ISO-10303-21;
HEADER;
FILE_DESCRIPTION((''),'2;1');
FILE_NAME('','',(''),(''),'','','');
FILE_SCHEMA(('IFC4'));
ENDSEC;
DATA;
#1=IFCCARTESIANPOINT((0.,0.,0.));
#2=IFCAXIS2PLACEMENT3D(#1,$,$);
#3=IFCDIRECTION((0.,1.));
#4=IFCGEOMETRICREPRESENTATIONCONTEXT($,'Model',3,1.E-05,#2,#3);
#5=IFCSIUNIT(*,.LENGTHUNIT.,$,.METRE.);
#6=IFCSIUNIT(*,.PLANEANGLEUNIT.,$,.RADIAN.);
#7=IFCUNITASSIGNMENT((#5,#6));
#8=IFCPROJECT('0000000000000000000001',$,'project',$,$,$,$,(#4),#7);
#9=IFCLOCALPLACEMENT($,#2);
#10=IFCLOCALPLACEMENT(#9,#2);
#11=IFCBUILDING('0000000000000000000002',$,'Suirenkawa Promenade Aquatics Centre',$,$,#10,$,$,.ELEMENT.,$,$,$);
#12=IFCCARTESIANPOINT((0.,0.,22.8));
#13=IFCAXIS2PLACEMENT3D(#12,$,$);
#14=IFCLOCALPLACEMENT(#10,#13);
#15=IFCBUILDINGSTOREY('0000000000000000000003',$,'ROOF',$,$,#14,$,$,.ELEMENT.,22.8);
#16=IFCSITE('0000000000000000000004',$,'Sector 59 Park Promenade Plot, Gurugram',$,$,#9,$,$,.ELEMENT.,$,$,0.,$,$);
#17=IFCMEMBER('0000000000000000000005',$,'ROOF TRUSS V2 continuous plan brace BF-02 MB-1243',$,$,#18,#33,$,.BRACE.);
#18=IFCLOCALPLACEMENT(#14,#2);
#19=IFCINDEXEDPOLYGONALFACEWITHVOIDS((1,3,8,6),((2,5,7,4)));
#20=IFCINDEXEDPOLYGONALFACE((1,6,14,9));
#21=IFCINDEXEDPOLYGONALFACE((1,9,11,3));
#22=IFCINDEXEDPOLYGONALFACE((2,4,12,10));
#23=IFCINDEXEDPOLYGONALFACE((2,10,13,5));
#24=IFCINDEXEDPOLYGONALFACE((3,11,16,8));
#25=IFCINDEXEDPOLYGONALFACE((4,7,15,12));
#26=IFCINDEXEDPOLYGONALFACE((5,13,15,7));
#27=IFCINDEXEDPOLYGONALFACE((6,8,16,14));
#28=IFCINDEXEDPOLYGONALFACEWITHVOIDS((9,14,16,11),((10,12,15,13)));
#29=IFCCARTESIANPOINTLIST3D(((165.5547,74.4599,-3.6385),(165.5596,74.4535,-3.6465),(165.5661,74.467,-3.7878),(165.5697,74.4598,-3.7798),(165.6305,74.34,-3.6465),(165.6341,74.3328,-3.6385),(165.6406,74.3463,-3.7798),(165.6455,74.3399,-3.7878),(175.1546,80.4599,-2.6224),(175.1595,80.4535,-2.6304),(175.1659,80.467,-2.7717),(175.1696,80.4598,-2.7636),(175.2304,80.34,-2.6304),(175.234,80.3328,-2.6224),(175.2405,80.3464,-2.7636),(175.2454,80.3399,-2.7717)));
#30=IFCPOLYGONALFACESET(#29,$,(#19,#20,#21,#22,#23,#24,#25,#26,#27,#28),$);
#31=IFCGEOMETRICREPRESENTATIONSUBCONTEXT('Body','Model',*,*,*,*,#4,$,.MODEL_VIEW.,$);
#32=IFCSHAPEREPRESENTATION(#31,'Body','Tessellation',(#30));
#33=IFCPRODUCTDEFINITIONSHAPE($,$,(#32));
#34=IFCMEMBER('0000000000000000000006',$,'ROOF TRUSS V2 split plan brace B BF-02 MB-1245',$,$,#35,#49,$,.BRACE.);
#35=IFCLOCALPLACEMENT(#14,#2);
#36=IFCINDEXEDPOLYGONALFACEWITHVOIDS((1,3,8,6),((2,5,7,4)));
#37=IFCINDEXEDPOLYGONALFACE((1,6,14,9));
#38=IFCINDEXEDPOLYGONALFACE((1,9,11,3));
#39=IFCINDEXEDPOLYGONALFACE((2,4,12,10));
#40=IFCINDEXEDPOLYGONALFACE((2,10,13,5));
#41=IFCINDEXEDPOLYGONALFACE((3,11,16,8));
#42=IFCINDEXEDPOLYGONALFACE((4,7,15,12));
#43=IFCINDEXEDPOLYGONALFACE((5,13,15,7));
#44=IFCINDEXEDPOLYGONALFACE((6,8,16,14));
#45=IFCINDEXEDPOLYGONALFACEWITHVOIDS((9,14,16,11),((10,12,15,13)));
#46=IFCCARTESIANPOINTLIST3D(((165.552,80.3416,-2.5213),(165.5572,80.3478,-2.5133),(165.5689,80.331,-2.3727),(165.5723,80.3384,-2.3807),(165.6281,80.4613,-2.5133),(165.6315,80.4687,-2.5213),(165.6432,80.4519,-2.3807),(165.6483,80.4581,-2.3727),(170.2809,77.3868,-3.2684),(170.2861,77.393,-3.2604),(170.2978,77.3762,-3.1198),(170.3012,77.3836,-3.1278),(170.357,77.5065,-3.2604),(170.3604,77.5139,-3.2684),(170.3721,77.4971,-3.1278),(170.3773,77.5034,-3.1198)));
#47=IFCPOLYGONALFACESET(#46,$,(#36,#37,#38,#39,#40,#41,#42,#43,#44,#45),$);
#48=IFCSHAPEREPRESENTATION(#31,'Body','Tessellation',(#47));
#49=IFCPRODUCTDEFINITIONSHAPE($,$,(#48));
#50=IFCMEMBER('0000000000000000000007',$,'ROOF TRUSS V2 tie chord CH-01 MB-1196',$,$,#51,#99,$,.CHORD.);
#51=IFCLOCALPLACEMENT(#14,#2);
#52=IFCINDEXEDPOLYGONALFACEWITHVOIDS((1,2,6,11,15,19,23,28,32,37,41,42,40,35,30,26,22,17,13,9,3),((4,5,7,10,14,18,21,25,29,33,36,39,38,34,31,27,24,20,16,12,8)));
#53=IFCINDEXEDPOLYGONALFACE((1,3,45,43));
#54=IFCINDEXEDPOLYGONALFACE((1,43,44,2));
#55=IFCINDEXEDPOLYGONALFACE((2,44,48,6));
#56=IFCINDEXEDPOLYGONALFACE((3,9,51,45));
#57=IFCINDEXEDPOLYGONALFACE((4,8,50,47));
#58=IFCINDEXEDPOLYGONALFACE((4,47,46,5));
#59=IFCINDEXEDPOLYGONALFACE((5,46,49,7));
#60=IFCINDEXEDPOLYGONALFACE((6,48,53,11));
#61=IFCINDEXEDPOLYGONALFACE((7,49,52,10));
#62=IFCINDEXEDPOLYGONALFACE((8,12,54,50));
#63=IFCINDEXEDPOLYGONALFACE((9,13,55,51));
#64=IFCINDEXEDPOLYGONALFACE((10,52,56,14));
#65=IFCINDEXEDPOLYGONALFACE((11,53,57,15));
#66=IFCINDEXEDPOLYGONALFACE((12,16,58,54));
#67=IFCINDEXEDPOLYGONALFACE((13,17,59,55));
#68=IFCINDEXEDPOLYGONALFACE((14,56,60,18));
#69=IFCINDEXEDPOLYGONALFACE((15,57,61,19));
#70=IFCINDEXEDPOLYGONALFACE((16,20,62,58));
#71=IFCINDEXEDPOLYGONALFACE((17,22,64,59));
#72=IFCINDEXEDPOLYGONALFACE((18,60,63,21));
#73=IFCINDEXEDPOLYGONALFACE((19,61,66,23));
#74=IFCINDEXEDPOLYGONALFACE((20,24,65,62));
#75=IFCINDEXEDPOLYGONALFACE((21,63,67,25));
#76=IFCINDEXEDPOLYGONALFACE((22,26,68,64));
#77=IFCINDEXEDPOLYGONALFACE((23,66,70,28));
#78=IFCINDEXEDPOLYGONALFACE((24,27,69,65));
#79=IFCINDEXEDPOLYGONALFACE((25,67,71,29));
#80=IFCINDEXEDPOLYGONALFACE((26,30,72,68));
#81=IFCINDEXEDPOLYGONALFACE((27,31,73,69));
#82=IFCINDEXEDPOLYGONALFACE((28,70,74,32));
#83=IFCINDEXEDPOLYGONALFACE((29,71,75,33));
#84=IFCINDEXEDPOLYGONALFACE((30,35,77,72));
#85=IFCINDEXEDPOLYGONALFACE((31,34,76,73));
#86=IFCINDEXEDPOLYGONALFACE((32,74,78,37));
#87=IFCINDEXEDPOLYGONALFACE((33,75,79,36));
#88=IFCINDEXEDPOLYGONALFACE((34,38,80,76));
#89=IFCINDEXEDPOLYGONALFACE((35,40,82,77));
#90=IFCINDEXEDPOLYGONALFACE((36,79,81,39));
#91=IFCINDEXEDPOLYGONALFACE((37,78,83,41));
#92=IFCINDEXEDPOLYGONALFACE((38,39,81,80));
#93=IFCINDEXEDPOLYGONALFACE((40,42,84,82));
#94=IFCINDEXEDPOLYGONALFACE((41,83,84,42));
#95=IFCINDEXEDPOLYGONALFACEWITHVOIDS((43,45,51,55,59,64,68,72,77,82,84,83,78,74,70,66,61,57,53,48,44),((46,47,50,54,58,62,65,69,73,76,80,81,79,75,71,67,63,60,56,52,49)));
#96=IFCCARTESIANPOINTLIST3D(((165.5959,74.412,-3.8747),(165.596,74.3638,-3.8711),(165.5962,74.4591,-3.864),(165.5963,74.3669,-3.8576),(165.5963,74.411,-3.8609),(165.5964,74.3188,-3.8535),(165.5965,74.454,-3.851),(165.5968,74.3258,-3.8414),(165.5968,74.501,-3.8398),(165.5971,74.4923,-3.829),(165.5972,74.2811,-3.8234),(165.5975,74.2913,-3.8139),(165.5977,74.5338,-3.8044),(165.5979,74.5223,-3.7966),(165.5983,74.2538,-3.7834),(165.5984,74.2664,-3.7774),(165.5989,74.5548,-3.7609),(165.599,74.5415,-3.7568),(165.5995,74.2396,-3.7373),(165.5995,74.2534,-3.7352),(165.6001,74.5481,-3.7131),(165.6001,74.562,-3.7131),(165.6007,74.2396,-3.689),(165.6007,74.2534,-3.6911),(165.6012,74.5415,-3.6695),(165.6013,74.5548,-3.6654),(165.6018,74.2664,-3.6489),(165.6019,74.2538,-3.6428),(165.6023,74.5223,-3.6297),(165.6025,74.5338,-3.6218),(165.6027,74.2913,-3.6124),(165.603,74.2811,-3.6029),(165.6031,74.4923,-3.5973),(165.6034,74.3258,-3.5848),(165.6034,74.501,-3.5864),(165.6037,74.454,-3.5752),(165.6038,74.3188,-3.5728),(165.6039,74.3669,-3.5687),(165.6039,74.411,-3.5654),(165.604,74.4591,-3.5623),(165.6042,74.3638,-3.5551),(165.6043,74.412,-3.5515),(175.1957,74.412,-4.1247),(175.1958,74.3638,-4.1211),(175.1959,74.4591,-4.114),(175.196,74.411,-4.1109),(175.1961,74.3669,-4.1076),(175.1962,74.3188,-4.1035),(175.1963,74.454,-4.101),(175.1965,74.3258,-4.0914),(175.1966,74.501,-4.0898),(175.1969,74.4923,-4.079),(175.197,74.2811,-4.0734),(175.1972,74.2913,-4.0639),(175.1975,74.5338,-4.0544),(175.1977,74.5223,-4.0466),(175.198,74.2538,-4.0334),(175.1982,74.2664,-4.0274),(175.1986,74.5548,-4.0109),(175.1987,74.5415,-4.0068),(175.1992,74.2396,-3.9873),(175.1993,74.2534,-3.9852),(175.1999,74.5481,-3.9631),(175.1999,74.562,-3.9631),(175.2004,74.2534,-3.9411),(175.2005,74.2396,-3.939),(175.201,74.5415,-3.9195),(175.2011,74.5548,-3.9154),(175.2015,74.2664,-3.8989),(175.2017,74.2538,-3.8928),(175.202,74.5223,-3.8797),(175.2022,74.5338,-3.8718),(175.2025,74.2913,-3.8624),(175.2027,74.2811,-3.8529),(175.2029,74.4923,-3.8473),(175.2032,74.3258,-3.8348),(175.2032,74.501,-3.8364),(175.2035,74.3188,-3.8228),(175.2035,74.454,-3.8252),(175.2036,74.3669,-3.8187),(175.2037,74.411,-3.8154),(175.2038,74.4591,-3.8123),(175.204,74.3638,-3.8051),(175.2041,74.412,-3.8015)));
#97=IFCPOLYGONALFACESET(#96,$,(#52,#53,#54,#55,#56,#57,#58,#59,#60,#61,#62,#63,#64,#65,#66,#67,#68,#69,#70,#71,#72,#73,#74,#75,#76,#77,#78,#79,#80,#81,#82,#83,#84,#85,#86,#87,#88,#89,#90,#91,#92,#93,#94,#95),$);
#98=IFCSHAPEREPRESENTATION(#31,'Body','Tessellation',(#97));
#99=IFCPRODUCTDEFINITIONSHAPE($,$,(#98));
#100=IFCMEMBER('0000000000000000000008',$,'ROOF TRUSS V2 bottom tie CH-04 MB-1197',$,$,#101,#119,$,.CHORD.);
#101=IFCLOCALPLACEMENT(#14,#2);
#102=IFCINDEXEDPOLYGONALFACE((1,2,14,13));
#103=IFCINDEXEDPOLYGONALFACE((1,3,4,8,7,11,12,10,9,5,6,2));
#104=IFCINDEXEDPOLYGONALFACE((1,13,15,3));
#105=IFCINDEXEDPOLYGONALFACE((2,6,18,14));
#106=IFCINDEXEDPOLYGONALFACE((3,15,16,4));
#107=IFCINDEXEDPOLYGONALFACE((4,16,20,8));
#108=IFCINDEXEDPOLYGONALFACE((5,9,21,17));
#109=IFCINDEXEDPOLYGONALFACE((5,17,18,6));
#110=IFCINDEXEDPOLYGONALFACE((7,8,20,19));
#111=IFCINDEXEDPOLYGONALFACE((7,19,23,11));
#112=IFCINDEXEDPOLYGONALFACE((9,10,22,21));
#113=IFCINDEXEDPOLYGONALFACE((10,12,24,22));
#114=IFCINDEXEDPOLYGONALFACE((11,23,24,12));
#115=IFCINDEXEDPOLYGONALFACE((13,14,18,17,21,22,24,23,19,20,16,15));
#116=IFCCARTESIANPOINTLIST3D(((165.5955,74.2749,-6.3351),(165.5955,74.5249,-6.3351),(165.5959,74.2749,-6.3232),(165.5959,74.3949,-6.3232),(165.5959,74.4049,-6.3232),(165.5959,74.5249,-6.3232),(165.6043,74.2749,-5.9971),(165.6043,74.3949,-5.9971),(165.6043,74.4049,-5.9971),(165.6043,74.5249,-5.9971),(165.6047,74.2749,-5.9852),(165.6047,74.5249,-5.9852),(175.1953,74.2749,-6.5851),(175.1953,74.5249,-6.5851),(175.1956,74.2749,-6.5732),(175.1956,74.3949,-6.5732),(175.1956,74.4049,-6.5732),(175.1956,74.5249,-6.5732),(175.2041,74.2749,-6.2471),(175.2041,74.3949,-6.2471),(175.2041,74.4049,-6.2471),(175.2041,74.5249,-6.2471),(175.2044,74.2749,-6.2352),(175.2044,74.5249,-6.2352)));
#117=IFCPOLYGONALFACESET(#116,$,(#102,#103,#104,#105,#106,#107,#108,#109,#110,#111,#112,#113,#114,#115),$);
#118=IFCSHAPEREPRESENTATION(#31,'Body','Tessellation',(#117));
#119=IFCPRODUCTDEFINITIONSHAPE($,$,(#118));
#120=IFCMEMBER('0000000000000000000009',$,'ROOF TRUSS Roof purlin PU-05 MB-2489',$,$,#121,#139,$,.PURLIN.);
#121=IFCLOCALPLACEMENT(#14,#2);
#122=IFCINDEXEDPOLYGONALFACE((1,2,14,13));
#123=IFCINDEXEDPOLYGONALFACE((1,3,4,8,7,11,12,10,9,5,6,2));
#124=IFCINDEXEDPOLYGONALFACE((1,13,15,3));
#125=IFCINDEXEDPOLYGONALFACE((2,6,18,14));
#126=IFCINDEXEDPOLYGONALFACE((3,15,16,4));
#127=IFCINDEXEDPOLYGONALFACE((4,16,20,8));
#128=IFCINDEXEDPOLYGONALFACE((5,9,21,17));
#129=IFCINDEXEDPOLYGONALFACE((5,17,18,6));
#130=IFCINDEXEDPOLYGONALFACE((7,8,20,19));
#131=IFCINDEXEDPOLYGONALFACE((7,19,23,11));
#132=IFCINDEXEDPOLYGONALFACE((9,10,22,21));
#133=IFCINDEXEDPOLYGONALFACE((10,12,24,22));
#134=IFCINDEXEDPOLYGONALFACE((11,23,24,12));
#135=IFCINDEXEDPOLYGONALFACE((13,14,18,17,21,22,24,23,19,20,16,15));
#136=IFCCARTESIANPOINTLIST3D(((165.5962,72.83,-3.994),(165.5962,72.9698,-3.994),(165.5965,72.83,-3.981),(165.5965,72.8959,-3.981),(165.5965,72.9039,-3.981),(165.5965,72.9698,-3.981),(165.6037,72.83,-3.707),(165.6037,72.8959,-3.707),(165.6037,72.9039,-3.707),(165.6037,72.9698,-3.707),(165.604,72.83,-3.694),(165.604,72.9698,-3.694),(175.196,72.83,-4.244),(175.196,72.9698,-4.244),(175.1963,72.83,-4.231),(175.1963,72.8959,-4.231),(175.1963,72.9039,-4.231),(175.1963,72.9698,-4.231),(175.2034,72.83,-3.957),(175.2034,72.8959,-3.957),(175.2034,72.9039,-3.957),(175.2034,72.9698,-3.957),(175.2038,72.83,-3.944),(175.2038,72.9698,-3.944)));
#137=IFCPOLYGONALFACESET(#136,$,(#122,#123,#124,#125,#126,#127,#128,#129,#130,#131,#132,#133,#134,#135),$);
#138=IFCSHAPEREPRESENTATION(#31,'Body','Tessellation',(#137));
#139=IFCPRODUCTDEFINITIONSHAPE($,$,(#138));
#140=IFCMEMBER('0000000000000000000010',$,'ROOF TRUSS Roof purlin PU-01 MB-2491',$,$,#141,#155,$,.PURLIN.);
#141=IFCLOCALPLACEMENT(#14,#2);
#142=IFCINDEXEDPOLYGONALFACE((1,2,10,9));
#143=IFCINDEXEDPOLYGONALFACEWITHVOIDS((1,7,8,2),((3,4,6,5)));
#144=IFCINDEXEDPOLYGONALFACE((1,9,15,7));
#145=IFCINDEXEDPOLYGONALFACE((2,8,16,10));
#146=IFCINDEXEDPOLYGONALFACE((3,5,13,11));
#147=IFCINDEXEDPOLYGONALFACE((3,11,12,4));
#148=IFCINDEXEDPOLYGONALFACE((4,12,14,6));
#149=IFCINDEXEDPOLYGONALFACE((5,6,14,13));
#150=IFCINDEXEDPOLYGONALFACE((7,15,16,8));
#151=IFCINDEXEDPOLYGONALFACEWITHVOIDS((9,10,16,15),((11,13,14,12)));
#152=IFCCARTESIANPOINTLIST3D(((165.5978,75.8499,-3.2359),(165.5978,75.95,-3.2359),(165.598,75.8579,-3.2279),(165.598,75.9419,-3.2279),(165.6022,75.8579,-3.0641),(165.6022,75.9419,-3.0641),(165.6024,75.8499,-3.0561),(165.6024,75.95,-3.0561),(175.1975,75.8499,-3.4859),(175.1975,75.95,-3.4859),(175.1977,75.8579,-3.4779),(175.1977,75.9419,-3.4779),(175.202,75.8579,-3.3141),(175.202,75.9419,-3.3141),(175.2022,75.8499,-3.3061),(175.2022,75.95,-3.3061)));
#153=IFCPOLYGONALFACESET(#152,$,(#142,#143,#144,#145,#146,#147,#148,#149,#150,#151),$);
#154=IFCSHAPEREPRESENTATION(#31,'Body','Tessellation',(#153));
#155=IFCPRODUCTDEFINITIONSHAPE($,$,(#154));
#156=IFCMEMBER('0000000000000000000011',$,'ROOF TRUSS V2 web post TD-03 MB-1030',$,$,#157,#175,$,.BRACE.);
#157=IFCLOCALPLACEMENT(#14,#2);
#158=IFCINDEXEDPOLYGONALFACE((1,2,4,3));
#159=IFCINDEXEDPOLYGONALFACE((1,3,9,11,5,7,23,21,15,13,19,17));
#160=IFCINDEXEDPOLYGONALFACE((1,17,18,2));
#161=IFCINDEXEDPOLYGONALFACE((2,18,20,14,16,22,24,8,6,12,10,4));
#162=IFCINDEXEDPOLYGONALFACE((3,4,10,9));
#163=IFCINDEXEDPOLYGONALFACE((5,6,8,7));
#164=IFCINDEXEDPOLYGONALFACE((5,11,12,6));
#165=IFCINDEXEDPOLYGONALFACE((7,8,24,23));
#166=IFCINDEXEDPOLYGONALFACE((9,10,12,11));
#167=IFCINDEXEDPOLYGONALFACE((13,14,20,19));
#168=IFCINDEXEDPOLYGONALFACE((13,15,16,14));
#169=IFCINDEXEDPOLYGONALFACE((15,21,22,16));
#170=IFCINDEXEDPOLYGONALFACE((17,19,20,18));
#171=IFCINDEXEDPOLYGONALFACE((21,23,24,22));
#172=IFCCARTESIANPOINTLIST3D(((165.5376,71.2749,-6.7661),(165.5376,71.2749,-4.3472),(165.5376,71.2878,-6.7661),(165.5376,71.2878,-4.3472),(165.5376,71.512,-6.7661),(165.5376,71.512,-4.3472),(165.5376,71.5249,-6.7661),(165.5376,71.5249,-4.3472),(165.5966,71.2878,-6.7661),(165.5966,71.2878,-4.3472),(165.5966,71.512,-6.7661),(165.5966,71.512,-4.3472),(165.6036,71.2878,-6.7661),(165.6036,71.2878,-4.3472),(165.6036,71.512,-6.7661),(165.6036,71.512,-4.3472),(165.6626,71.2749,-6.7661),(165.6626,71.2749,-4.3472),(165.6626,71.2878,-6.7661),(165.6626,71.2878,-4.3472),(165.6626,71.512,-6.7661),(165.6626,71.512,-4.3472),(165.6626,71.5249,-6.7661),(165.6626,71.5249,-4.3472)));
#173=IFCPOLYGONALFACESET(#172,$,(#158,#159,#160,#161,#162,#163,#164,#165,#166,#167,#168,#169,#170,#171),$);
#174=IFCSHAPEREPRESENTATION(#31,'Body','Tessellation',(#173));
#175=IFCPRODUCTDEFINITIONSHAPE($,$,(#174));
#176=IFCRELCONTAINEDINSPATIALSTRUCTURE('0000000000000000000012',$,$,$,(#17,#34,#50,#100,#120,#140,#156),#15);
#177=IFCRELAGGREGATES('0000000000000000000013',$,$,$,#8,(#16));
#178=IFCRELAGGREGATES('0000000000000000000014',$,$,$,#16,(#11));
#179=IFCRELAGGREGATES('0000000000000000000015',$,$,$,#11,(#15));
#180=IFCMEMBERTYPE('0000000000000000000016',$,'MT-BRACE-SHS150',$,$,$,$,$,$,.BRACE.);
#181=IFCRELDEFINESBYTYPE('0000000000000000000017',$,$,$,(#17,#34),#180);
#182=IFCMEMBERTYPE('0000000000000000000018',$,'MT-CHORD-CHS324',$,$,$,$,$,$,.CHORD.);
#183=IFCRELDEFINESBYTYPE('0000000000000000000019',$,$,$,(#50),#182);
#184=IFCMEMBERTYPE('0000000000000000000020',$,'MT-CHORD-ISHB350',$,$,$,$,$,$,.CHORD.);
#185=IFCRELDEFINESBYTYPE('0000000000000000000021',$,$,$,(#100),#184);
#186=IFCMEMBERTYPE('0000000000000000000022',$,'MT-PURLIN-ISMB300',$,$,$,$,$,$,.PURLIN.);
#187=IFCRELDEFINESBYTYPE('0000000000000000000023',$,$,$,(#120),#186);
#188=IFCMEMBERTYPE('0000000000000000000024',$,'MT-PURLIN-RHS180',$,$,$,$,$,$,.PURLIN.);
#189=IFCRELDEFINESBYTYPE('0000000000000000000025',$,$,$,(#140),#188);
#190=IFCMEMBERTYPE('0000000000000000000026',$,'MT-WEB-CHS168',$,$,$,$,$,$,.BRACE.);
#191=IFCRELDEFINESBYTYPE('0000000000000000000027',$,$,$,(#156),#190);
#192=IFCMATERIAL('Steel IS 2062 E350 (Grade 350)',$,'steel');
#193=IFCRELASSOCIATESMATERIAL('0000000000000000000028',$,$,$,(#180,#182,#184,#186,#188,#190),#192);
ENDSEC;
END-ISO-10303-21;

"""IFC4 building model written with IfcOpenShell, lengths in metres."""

from ifc_helpers import new_model, si_unit, direction, frame, origin, origin_2d, place, context, subcontext, project, spatial, hollow_rectangle, hollow_circle, i_section, extrude, material, material_profile, profile_set, type_object, element, save


model = new_model("IFC4")

# Units and contexts
model_context = context("Model", 3, precision=1e-05, world=origin(), true_north=direction((0.0, 1.0)))
body_context = subcontext(model_context, "Body", "Model", "MODEL_VIEW")
ifc_project = project(units=[si_unit("LENGTHUNIT", "METRE"), si_unit("PLANEANGLEUNIT", "RADIAN")], contexts=[model_context])

# Site, building, storey
site_placement = place(None, origin())
site = spatial("IfcSite", under=ifc_project, at=site_placement, Name="Sector 59 Park Promenade Plot, Gurugram", CompositionType="ELEMENT", RefElevation=0.0)
building_placement = place(site_placement, origin())
building = spatial("IfcBuilding", under=site, at=building_placement, Name="Suirenkawa Promenade Aquatics Centre", CompositionType="ELEMENT")
storey_placement = place(building_placement, frame((0.0, 0.0, 22.8)))
storey = spatial("IfcBuildingStorey", under=building, at=storey_placement, Name="ROOF", CompositionType="ELEMENT", Elevation=22.8)

# Shared definitions
ifc_material = material(Name="Steel IS 2062 E350 (Grade 350)", Category="steel")

# Members
ifc_material_profile_1 = material_profile(ifc_material, hollow_rectangle(XDim=0.1499, YDim=0.1499, WallThickness=0.0081, at=origin_2d()), Name="SHS 150x150x8", Category="steel")
ifc_profile_set_1 = profile_set([ifc_material_profile_1], Name="Steel IS 2062 E350 (Grade 350)")
member_type_1 = type_object("IfcMemberType", Name="MT-BRACE-SHS150", PredefinedType="BRACE", material=ifc_profile_set_1)
member_1_placement = place(storey_placement, frame((165.6001, 74.3999, -3.7131), z_axis=(0.844599, 0.527883, 0.089398), x_axis=(-0.530005, 0.847995, 0.0)))
element("IfcMember", 1, at=member_1_placement, inside=storey, type_object=member_type_1, Name="ROOF TRUSS V2 continuous plan brace BF-02 MB-1243", PredefinedType="BRACE", context=body_context, shape_type="SweptSolid", body=[
    extrude(hollow_rectangle(XDim=0.1499, YDim=0.1499, WallThickness=0.0081, at=origin_2d()), origin(), (0.0, 0.0, 1.0), 11.3662),
])
member_2_placement = place(storey_placement, frame((170.3291, 77.4451, -3.1941), z_axis=(-0.840552, 0.525204, 0.132787), x_axis=(-0.529897, -0.848062, 0.0)))
element("IfcMember", 2, at=member_2_placement, inside=storey, type_object=member_type_1, Name="ROOF TRUSS V2 split plan brace B BF-02 MB-1245", PredefinedType="BRACE", context=body_context, shape_type="SweptSolid", body=[
    extrude(hollow_rectangle(XDim=0.1499, YDim=0.1499, WallThickness=0.0081, at=origin_2d()), origin(), (0.0, 0.0, 1.0), 5.626),
])
ifc_material_profile_2 = material_profile(ifc_material, hollow_circle(Radius=0.1621, WallThickness=0.0139, at=origin_2d()), Name="CHS 324x14", Category="steel")
ifc_profile_set_2 = profile_set([ifc_material_profile_2], Name="Steel IS 2062 E350 (Grade 350)")
member_type_2 = type_object("IfcMemberType", Name="MT-CHORD-CHS324", PredefinedType="CHORD", material=ifc_profile_set_2)
member_3_placement = place(storey_placement, frame((165.6001, 74.3999, -3.7131), z_axis=(0.999661, 0.0, -0.026033), x_axis=(0.0, 1.0, 0.0)))
element("IfcMember", 3, at=member_3_placement, inside=storey, type_object=member_type_2, Name="ROOF TRUSS V2 tie chord CH-01 MB-1196", PredefinedType="CHORD", context=body_context, shape_type="SweptSolid", body=[
    extrude(hollow_circle(Radius=0.1621, WallThickness=0.0139, at=origin_2d()), origin(), (0.0, 0.0, 1.0), 9.603),
])
ifc_material_profile_3 = material_profile(ifc_material, i_section(OverallWidth=0.25, OverallDepth=0.3501, WebThickness=0.01, FlangeThickness=0.012, at=origin_2d()), Name="ISHB 350", Category="steel")
ifc_profile_set_3 = profile_set([ifc_material_profile_3], Name="Steel IS 2062 E350 (Grade 350)")
member_type_3 = type_object("IfcMemberType", Name="MT-CHORD-ISHB350", PredefinedType="CHORD", material=ifc_profile_set_3)
member_4_placement = place(storey_placement, frame((165.6001, 74.3999, -6.1602), z_axis=(0.999661, 0.0, -0.026033), x_axis=(0.0, 1.0, 0.0)))
element("IfcMember", 4, at=member_4_placement, inside=storey, type_object=member_type_3, Name="ROOF TRUSS V2 bottom tie CH-04 MB-1197", PredefinedType="CHORD", context=body_context, shape_type="SweptSolid", body=[
    extrude(i_section(OverallWidth=0.25, OverallDepth=0.3501, WebThickness=0.01, FlangeThickness=0.012, at=origin_2d()), origin(), (0.0, 0.0, 1.0), 9.603),
])
ifc_material_profile_4 = material_profile(ifc_material, i_section(OverallWidth=0.1399, OverallDepth=0.3, WebThickness=0.0081, FlangeThickness=0.0129, at=origin_2d()), Name="ISMB 300", Category="steel")
ifc_profile_set_4 = profile_set([ifc_material_profile_4], Name="Steel IS 2062 E350 (Grade 350)")
member_type_4 = type_object("IfcMemberType", Name="MT-PURLIN-ISMB300", PredefinedType="PURLIN", material=ifc_profile_set_4)
member_5_placement = place(storey_placement, frame((165.6001, 72.8999, -3.844), z_axis=(0.999661, 0.0, -0.026033), x_axis=(0.0, 1.0, 0.0)))
element("IfcMember", 5, at=member_5_placement, inside=storey, type_object=member_type_4, Name="ROOF TRUSS Roof purlin PU-05 MB-2489", PredefinedType="PURLIN", context=body_context, shape_type="SweptSolid", body=[
    extrude(i_section(OverallWidth=0.1399, OverallDepth=0.3, WebThickness=0.0081, FlangeThickness=0.0129, at=origin_2d()), origin(), (0.0, 0.0, 1.0), 9.603),
])
ifc_material_profile_5 = material_profile(ifc_material, hollow_rectangle(XDim=0.1001, YDim=0.1799, WallThickness=0.0081, at=origin_2d()), Name="RHS 180x100x8", Category="steel")
ifc_profile_set_5 = profile_set([ifc_material_profile_5], Name="Steel IS 2062 E350 (Grade 350)")
member_type_5 = type_object("IfcMemberType", Name="MT-PURLIN-RHS180", PredefinedType="PURLIN", material=ifc_profile_set_5)
member_6_placement = place(storey_placement, frame((165.6001, 75.8999, -3.146), z_axis=(0.999661, 0.0, -0.026033), x_axis=(0.0, 1.0, 0.0)))
element("IfcMember", 6, at=member_6_placement, inside=storey, type_object=member_type_5, Name="ROOF TRUSS Roof purlin PU-01 MB-2491", PredefinedType="PURLIN", context=body_context, shape_type="SweptSolid", body=[
    extrude(hollow_rectangle(XDim=0.1001, YDim=0.1799, WallThickness=0.0081, at=origin_2d()), origin(), (0.0, 0.0, 1.0), 9.603),
])
ifc_material_profile_6 = material_profile(ifc_material, i_section(OverallWidth=0.125, OverallDepth=0.25, WebThickness=0.0071, FlangeThickness=0.0129, at=origin_2d()), Name="ISMB 250", Category="steel")
ifc_profile_set_6 = profile_set([ifc_material_profile_6], Name="Steel IS 2062 E350 (Grade 350)")
member_type_6 = type_object("IfcMemberType", Name="MT-WEB-CHS168", PredefinedType="BRACE", material=ifc_profile_set_6)
member_7_placement = place(storey_placement, frame((165.6001, 71.3999, -6.7661), z_axis=(0.0, 0.0, 1.0), x_axis=(1.0, 0.0, 0.0)))
element("IfcMember", 7, at=member_7_placement, inside=storey, type_object=member_type_6, Name="ROOF TRUSS V2 web post TD-03 MB-1030", PredefinedType="BRACE", context=body_context, shape_type="SweptSolid", body=[
    extrude(i_section(OverallWidth=0.125, OverallDepth=0.25, WebThickness=0.0071, FlangeThickness=0.0129, at=origin_2d()), origin(), (0.0, 0.0, 1.0), 2.4189),
])

save(model, "model.ifc")
